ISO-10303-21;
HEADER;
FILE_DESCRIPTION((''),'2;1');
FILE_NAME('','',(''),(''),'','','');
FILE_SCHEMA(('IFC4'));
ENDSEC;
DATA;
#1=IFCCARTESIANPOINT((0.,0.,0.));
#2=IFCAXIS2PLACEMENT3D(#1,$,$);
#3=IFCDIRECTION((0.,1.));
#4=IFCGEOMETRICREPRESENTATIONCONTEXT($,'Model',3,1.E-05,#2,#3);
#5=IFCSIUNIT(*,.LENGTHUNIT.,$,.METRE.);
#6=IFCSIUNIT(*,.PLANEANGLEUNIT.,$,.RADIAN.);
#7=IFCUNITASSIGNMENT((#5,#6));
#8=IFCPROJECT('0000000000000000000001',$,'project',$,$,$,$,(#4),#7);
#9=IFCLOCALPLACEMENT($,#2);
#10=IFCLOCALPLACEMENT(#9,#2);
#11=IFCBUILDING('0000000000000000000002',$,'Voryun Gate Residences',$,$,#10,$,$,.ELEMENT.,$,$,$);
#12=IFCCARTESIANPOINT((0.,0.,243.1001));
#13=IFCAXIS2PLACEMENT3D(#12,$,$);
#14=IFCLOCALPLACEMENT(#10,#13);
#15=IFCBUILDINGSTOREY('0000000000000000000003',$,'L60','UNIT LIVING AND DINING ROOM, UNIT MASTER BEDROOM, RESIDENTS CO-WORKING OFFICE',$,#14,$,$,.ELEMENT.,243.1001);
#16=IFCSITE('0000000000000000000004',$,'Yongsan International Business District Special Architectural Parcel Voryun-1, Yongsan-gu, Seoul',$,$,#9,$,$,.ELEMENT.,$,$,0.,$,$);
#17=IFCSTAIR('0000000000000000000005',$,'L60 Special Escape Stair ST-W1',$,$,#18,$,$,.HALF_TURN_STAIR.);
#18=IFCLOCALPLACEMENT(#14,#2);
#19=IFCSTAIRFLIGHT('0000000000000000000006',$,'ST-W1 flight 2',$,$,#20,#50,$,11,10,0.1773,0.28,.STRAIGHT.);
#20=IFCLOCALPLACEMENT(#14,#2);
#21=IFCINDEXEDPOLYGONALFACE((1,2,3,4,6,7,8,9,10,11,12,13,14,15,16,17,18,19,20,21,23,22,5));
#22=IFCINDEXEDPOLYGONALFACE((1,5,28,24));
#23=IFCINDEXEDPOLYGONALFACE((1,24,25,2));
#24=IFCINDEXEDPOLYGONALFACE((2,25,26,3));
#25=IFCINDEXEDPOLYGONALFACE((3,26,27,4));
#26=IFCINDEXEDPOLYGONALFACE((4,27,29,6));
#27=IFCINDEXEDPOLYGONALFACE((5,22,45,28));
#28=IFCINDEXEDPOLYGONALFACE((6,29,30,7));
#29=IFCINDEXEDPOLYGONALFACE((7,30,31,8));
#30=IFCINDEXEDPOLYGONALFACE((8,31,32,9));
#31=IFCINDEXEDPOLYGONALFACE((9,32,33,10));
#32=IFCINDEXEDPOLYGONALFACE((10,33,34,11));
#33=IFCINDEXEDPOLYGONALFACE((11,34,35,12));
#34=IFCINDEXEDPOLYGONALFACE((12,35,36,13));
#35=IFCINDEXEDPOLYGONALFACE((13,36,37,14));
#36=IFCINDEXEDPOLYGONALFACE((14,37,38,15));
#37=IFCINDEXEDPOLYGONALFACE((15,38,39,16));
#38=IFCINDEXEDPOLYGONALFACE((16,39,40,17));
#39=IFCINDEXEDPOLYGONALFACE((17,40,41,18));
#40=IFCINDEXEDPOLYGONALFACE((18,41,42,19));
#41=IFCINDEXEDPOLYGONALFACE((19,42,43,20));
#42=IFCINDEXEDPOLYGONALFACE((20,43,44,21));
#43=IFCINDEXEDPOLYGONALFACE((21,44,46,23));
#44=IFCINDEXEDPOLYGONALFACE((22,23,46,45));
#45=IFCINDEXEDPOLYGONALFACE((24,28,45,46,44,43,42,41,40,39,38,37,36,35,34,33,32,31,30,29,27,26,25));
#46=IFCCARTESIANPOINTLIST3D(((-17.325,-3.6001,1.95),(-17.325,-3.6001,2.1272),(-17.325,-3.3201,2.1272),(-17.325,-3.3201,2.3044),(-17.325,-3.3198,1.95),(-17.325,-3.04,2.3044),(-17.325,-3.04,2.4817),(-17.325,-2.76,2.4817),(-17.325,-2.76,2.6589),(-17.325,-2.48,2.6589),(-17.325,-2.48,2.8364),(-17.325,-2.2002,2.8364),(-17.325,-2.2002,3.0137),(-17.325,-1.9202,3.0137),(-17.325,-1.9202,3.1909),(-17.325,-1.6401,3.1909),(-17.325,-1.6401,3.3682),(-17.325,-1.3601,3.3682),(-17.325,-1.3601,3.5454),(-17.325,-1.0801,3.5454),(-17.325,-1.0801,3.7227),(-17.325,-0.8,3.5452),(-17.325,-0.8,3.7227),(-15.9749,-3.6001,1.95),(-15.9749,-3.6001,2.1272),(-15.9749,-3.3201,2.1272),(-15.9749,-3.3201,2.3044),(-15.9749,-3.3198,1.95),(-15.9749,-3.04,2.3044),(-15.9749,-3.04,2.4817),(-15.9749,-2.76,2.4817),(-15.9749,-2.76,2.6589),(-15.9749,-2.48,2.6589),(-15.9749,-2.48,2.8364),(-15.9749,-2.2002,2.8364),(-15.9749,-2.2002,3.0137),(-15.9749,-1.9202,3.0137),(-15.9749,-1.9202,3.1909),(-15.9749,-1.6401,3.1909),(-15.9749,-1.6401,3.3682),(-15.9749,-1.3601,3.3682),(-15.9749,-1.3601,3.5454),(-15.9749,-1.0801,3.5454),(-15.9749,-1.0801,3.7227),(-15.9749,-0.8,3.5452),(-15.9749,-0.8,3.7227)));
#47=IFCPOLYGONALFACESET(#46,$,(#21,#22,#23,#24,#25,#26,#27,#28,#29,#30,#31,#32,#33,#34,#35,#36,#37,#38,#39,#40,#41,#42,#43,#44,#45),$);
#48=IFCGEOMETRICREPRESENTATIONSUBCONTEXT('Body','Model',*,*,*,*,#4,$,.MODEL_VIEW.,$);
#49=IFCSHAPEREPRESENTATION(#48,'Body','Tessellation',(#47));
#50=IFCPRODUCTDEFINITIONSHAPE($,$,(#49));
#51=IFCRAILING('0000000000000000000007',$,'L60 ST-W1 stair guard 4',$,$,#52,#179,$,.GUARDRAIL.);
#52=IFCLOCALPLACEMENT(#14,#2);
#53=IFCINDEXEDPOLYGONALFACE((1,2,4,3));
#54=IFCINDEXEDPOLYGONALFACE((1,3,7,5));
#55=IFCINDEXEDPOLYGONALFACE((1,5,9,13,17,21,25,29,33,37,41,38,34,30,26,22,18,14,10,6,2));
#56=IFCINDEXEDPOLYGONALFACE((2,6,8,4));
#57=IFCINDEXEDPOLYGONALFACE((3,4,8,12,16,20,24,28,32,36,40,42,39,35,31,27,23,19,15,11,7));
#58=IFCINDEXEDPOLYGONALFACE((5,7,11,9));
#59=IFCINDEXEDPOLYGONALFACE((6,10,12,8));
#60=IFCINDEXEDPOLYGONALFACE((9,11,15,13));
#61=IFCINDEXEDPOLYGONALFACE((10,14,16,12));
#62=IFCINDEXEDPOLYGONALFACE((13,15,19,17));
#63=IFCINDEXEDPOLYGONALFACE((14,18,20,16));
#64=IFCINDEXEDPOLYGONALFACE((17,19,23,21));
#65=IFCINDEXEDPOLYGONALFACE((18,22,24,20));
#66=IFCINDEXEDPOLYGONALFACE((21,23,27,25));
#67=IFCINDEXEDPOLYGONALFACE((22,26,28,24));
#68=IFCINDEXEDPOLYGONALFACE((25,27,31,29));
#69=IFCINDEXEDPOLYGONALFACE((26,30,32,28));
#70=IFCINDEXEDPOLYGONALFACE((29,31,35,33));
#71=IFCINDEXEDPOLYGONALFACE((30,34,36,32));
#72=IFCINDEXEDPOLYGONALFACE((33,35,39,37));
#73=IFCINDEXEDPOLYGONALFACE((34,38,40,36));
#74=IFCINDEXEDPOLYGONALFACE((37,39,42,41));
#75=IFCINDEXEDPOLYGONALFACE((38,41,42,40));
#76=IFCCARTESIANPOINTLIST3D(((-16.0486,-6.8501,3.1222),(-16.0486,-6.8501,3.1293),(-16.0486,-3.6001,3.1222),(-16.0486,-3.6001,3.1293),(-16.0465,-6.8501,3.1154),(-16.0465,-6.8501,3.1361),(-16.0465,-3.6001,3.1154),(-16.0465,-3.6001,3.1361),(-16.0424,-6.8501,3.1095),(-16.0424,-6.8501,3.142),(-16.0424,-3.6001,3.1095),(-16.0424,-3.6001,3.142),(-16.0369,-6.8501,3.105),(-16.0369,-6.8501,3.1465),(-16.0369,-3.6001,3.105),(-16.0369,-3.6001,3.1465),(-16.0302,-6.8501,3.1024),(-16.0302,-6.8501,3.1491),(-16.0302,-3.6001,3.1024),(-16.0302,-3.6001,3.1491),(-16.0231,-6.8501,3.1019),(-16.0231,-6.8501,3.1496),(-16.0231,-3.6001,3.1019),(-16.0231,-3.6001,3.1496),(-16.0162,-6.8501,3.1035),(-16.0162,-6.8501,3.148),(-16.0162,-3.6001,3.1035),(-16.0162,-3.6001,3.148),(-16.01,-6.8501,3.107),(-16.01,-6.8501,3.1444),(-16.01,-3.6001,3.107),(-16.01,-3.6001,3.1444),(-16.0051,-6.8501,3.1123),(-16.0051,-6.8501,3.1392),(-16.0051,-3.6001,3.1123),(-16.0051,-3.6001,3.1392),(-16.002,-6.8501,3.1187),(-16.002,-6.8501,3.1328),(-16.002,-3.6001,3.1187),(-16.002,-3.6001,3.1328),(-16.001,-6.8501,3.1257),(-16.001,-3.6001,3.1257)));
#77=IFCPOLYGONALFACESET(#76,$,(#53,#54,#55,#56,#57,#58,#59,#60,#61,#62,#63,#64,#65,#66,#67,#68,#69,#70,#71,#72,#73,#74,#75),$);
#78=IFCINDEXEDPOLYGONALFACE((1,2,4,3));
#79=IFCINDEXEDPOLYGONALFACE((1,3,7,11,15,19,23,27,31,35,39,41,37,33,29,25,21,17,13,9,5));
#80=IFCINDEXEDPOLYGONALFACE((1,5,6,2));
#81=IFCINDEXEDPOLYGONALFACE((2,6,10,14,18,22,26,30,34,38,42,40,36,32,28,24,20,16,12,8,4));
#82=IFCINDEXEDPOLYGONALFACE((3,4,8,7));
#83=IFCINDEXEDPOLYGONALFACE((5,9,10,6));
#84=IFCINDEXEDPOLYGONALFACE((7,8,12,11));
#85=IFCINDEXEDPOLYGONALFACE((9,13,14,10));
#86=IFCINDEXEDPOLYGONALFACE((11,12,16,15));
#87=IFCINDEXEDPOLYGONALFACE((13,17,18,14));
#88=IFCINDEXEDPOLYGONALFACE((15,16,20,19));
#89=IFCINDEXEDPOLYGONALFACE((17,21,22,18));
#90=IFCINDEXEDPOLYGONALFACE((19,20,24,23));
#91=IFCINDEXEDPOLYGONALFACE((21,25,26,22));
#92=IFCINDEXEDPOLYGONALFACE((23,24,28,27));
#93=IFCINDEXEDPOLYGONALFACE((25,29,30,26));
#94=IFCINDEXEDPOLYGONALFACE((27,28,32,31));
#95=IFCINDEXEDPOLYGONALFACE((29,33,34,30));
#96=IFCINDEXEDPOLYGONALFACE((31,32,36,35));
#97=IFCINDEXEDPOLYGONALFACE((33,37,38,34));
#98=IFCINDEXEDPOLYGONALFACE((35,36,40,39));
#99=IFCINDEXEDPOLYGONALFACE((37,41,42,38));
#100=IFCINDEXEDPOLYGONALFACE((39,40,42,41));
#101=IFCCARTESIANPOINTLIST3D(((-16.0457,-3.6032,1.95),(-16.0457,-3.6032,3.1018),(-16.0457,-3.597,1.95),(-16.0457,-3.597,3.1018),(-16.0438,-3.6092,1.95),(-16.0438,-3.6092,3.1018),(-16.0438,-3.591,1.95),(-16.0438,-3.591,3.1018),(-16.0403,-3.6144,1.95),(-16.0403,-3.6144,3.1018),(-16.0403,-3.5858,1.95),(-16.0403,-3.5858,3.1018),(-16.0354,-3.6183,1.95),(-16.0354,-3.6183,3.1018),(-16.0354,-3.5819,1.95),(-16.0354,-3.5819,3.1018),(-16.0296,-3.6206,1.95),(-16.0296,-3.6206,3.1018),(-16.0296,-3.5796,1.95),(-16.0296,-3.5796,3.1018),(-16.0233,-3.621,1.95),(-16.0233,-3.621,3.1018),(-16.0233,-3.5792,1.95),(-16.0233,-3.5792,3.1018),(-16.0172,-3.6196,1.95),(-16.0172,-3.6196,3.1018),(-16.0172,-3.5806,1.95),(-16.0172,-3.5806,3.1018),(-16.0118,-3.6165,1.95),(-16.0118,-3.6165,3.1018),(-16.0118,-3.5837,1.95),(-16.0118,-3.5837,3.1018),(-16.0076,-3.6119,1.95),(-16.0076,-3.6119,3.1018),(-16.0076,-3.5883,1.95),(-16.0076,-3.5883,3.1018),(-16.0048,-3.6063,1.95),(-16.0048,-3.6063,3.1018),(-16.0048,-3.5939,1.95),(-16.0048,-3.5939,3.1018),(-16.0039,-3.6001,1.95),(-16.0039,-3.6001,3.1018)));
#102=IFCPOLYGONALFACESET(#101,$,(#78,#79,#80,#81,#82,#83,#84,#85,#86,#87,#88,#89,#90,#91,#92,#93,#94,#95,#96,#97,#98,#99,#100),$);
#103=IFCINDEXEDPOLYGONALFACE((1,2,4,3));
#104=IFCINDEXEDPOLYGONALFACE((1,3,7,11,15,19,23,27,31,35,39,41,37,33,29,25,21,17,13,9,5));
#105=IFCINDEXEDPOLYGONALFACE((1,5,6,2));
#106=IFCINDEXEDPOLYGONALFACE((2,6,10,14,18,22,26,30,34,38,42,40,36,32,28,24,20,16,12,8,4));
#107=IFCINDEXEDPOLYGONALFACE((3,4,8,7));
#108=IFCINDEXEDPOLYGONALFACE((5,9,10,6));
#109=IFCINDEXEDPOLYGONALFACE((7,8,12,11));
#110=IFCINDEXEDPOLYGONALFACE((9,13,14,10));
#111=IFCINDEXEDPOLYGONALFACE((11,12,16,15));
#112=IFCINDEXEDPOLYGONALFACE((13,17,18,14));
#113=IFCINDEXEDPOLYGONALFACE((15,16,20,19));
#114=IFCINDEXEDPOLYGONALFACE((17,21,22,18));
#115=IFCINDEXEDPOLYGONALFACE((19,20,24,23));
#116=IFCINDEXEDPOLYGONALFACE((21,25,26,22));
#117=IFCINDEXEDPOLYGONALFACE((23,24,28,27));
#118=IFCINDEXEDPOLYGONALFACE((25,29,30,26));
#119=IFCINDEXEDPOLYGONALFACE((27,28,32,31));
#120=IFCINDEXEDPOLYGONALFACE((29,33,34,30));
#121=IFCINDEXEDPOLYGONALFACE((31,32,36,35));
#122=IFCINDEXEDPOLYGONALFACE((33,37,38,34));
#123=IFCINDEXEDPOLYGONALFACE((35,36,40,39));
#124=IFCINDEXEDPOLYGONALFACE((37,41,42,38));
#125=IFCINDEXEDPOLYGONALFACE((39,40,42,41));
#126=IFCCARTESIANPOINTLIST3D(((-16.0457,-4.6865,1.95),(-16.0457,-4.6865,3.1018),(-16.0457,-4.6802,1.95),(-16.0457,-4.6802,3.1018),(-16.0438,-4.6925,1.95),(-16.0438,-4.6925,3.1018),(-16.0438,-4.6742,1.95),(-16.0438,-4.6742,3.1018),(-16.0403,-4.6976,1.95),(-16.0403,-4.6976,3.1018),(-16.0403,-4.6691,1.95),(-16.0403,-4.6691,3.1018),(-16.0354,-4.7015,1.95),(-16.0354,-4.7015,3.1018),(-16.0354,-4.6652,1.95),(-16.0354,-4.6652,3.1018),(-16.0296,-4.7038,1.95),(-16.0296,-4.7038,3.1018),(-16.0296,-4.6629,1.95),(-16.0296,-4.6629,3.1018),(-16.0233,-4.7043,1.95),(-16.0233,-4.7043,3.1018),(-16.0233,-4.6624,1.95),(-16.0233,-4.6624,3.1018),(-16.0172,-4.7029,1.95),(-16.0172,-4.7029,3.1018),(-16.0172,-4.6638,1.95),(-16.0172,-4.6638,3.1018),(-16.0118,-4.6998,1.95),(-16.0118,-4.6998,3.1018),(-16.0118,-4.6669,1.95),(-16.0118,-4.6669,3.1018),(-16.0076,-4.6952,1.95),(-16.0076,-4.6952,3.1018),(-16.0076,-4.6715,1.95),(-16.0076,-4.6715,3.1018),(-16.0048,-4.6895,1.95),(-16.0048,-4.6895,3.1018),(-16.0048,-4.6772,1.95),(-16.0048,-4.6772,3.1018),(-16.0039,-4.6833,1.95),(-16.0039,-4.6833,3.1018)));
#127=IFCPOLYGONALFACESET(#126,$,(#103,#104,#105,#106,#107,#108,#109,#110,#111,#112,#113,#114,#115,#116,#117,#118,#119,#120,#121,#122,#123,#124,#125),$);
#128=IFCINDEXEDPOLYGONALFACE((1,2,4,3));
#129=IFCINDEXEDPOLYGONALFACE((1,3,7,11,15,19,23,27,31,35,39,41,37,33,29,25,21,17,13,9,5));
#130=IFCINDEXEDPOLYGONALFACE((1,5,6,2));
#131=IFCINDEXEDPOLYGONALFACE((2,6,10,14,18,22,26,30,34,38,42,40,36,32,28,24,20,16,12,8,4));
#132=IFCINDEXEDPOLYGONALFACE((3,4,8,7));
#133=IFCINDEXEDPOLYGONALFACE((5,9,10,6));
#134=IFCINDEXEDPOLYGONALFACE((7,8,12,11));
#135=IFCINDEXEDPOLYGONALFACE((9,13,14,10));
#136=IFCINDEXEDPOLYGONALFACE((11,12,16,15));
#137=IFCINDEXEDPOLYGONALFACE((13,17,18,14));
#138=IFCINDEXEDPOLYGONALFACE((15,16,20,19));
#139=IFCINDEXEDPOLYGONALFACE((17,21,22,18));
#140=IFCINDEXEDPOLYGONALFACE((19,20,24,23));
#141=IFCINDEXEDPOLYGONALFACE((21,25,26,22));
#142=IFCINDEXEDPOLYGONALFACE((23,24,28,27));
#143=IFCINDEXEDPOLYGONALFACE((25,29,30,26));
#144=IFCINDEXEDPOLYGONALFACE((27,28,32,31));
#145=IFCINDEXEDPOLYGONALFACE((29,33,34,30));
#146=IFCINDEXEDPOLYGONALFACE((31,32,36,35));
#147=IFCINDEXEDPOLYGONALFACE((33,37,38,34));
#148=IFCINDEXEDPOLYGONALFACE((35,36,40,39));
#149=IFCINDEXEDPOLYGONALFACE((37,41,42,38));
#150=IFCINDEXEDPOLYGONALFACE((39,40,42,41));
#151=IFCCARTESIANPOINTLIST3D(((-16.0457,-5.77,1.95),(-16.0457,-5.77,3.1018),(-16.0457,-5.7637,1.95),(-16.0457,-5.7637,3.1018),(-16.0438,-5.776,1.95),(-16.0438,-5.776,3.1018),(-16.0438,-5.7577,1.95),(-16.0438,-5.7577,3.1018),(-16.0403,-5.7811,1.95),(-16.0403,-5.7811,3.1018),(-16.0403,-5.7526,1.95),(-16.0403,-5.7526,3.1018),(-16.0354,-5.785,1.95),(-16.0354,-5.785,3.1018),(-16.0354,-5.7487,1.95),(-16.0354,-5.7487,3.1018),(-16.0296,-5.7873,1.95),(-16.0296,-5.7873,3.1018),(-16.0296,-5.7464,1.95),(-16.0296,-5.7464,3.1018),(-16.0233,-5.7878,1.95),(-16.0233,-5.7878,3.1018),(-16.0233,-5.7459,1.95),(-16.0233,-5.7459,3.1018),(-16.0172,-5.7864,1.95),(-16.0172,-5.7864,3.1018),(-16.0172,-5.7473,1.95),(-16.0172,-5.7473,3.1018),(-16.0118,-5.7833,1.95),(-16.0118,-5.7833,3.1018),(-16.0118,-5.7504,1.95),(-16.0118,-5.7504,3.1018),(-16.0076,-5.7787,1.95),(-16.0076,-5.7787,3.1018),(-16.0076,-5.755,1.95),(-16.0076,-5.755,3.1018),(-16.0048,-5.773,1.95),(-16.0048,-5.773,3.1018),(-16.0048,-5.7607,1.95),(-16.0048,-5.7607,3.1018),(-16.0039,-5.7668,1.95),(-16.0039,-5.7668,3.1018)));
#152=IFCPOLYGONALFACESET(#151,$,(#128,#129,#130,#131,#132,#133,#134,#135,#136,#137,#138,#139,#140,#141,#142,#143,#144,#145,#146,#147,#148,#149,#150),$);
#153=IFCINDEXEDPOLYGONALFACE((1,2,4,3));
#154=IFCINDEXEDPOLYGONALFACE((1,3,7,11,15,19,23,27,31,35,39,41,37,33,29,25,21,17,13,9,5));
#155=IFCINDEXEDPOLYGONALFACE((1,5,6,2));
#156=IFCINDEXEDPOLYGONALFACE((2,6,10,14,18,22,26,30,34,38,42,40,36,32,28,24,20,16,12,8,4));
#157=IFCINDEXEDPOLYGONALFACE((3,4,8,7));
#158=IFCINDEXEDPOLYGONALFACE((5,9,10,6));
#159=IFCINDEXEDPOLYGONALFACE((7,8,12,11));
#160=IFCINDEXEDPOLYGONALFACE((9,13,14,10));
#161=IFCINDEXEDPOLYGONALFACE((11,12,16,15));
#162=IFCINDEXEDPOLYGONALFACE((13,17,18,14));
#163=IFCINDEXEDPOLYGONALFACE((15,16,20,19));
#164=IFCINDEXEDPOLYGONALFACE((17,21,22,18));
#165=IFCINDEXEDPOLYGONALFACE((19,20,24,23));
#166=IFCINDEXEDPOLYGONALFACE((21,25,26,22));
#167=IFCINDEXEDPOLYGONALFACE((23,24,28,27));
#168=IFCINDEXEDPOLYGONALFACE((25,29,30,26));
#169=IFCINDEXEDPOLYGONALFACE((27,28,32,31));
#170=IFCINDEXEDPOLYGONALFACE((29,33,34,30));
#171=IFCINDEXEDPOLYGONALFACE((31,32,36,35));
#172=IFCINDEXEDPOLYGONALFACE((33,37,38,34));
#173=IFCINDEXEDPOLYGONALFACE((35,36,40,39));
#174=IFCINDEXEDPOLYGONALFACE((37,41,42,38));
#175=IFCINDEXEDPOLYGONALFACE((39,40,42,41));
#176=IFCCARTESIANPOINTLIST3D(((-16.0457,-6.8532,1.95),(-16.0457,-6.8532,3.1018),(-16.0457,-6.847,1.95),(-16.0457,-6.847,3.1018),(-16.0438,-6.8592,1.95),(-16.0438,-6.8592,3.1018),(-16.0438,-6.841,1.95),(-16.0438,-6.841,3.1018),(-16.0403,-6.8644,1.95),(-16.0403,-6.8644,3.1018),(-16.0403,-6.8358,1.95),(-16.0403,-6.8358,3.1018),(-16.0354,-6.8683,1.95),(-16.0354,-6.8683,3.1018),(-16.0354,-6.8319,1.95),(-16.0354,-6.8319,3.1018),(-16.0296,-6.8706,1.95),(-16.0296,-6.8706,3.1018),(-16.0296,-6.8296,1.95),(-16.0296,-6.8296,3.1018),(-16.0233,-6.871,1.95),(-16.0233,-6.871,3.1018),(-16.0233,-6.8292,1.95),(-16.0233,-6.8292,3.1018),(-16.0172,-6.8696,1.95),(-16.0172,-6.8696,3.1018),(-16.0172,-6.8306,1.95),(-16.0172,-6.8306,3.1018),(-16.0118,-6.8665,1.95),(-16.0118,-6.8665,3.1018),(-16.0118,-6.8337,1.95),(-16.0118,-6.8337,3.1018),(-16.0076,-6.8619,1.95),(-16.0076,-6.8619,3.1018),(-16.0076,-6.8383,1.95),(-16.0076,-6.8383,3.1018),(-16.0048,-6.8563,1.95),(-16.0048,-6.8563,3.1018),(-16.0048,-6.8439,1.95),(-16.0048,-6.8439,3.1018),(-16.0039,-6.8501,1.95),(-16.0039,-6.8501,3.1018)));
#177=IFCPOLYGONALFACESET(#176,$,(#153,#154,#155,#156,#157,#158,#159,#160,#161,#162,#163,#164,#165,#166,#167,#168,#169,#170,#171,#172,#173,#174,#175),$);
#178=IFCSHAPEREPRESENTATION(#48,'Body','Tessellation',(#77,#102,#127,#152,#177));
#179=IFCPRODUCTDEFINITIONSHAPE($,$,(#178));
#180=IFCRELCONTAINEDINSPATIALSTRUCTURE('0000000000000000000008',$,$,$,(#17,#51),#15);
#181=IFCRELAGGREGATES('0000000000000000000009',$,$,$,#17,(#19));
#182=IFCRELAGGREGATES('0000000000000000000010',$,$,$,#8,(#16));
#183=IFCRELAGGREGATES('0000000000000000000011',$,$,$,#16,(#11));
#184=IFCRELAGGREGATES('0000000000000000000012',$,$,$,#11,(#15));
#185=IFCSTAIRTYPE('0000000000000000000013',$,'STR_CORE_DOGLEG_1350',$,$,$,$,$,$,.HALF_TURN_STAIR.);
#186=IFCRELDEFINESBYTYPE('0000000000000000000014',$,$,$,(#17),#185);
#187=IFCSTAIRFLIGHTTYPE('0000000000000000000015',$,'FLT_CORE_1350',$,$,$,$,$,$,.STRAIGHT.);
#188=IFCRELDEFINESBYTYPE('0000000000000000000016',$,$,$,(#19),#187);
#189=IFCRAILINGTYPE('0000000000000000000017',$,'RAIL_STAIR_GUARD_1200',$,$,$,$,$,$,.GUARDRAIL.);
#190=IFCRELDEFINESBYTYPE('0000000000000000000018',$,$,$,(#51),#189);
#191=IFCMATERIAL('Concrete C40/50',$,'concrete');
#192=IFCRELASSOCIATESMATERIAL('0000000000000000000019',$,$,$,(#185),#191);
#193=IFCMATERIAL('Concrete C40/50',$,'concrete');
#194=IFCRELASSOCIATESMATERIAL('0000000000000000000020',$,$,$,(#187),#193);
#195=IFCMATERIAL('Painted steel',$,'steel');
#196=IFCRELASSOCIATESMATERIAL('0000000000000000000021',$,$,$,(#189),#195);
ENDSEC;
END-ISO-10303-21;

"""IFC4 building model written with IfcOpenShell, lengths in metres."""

from ifc_helpers import new_model, si_unit, direction, frame, origin, origin_2d, place, context, subcontext, project, spatial, polyline, circle, outline, extrude, material, type_object, element, aggregate, save


model = new_model("IFC4")

# Units and contexts
model_context = context("Model", 3, precision=1e-05, world=origin(), true_north=direction((0.0, 1.0)))
body_context = subcontext(model_context, "Body", "Model", "MODEL_VIEW")
ifc_project = project(units=[si_unit("LENGTHUNIT", "METRE"), si_unit("PLANEANGLEUNIT", "RADIAN")], contexts=[model_context])

# Site, building, storey
site_placement = place(None, origin())
site = spatial("IfcSite", under=ifc_project, at=site_placement, Name="Yongsan International Business District Special Architectural Parcel Voryun-1, Yongsan-gu, Seoul", CompositionType="ELEMENT", RefElevation=0.0)
building_placement = place(site_placement, origin())
building = spatial("IfcBuilding", under=site, at=building_placement, Name="Voryun Gate Residences", CompositionType="ELEMENT")
storey_placement = place(building_placement, frame((0.0, 0.0, 243.1001)))
storey = spatial("IfcBuildingStorey", under=building, at=storey_placement, Name="L60", Description="UNIT LIVING AND DINING ROOM, UNIT MASTER BEDROOM, RESIDENTS CO-WORKING OFFICE", CompositionType="ELEMENT", Elevation=243.1001)

# Stair, stair flight
ifc_material_1 = material(Name="Concrete C40/50", Category="concrete")
stair_type = type_object("IfcStairType", Name="STR_CORE_DOGLEG_1350", PredefinedType="HALF_TURN_STAIR", material=ifc_material_1)
stair_placement = place(storey_placement, origin())
stair = element("IfcStair", 1, at=stair_placement, inside=storey, type_object=stair_type, Name="L60 Special Escape Stair ST-W1", PredefinedType="HALF_TURN_STAIR")
ifc_material_2 = material(Name="Concrete C40/50", Category="concrete")
stair_flight_type = type_object("IfcStairFlightType", Name="FLT_CORE_1350", PredefinedType="STRAIGHT", material=ifc_material_2)
stair_flight_placement = place(storey_placement, frame((-16.6499, -3.6001, 1.95), z_axis=(0.0, 0.0, 1.0), x_axis=(0.0, 1.0, 0.0)))
stair_flight = element("IfcStairFlight", 2, at=stair_flight_placement, type_object=stair_flight_type, Name="ST-W1 flight 2", NumberOfRisers=11, NumberOfTreads=10, PredefinedType="STRAIGHT", RiserHeight=0.1773, TreadLength=0.28, context=body_context, shape_type="SweptSolid", body=[
    extrude(outline(polyline([(0.0, 0.0), (0.0, 0.1772), (0.28, 0.1772), (0.28, 0.3545), (0.5601, 0.3545), (0.5601, 0.5317), (0.8401, 0.5317), (0.8401, 0.709), (1.1201, 0.709), (1.1201, 0.8865), (1.3999, 0.8865), (1.3999, 1.0637), (1.6799, 1.0637), (1.6799, 1.241), (1.96, 1.241), (1.96, 1.4182), (2.24, 1.4182), (2.24, 1.5955), (2.52, 1.5955), (2.52, 1.7727), (2.8, 1.7727), (2.8, 1.95), (2.8, 1.5952), (0.2803, 0.0), (0.0, 0.0)])), frame((0.0, 0.675, 0.0), z_axis=(0.0, -1.0, 0.0), x_axis=(1.0, 0.0, 0.0)), (0.0, 0.0, 1.0), 1.3501),
])
aggregate(stair, [stair_flight])

# Railing
ifc_material_3 = material(Name="Painted steel", Category="steel")
railing_type_1 = type_object("IfcRailingType", Name="RAIL_STAIR_GUARD_1200", PredefinedType="GUARDRAIL", material=ifc_material_3)
railing_1_placement = place(storey_placement, frame((-16.0249, -3.6001, 1.95)))
element("IfcRailing", 3, at=railing_1_placement, inside=storey, type_object=railing_type_1, Name="L60 ST-W1 stair guard 4", PredefinedType="GUARDRAIL", context=body_context, shape_type="SweptSolid", body=[
    extrude(circle(Radius=0.0239, at=origin_2d()), frame((0.0, 0.0, 1.1758), z_axis=(0.0, -1.0, 0.0), x_axis=(1.0, 0.0, 0.0)), (0.0, 0.0, 1.0), 3.25),
    extrude(circle(Radius=0.021, at=origin_2d()), origin(), (0.0, 0.0, 1.0), 1.1519),
    extrude(circle(Radius=0.021, at=origin_2d()), frame((0.0, -1.0833, 0.0)), (0.0, 0.0, 1.0), 1.1519),
    extrude(circle(Radius=0.021, at=origin_2d()), frame((0.0, -2.1667, 0.0)), (0.0, 0.0, 1.0), 1.1519),
    extrude(circle(Radius=0.021, at=origin_2d()), frame((0.0, -3.25, 0.0)), (0.0, 0.0, 1.0), 1.1519),
])

save(model, "model.ifc")
